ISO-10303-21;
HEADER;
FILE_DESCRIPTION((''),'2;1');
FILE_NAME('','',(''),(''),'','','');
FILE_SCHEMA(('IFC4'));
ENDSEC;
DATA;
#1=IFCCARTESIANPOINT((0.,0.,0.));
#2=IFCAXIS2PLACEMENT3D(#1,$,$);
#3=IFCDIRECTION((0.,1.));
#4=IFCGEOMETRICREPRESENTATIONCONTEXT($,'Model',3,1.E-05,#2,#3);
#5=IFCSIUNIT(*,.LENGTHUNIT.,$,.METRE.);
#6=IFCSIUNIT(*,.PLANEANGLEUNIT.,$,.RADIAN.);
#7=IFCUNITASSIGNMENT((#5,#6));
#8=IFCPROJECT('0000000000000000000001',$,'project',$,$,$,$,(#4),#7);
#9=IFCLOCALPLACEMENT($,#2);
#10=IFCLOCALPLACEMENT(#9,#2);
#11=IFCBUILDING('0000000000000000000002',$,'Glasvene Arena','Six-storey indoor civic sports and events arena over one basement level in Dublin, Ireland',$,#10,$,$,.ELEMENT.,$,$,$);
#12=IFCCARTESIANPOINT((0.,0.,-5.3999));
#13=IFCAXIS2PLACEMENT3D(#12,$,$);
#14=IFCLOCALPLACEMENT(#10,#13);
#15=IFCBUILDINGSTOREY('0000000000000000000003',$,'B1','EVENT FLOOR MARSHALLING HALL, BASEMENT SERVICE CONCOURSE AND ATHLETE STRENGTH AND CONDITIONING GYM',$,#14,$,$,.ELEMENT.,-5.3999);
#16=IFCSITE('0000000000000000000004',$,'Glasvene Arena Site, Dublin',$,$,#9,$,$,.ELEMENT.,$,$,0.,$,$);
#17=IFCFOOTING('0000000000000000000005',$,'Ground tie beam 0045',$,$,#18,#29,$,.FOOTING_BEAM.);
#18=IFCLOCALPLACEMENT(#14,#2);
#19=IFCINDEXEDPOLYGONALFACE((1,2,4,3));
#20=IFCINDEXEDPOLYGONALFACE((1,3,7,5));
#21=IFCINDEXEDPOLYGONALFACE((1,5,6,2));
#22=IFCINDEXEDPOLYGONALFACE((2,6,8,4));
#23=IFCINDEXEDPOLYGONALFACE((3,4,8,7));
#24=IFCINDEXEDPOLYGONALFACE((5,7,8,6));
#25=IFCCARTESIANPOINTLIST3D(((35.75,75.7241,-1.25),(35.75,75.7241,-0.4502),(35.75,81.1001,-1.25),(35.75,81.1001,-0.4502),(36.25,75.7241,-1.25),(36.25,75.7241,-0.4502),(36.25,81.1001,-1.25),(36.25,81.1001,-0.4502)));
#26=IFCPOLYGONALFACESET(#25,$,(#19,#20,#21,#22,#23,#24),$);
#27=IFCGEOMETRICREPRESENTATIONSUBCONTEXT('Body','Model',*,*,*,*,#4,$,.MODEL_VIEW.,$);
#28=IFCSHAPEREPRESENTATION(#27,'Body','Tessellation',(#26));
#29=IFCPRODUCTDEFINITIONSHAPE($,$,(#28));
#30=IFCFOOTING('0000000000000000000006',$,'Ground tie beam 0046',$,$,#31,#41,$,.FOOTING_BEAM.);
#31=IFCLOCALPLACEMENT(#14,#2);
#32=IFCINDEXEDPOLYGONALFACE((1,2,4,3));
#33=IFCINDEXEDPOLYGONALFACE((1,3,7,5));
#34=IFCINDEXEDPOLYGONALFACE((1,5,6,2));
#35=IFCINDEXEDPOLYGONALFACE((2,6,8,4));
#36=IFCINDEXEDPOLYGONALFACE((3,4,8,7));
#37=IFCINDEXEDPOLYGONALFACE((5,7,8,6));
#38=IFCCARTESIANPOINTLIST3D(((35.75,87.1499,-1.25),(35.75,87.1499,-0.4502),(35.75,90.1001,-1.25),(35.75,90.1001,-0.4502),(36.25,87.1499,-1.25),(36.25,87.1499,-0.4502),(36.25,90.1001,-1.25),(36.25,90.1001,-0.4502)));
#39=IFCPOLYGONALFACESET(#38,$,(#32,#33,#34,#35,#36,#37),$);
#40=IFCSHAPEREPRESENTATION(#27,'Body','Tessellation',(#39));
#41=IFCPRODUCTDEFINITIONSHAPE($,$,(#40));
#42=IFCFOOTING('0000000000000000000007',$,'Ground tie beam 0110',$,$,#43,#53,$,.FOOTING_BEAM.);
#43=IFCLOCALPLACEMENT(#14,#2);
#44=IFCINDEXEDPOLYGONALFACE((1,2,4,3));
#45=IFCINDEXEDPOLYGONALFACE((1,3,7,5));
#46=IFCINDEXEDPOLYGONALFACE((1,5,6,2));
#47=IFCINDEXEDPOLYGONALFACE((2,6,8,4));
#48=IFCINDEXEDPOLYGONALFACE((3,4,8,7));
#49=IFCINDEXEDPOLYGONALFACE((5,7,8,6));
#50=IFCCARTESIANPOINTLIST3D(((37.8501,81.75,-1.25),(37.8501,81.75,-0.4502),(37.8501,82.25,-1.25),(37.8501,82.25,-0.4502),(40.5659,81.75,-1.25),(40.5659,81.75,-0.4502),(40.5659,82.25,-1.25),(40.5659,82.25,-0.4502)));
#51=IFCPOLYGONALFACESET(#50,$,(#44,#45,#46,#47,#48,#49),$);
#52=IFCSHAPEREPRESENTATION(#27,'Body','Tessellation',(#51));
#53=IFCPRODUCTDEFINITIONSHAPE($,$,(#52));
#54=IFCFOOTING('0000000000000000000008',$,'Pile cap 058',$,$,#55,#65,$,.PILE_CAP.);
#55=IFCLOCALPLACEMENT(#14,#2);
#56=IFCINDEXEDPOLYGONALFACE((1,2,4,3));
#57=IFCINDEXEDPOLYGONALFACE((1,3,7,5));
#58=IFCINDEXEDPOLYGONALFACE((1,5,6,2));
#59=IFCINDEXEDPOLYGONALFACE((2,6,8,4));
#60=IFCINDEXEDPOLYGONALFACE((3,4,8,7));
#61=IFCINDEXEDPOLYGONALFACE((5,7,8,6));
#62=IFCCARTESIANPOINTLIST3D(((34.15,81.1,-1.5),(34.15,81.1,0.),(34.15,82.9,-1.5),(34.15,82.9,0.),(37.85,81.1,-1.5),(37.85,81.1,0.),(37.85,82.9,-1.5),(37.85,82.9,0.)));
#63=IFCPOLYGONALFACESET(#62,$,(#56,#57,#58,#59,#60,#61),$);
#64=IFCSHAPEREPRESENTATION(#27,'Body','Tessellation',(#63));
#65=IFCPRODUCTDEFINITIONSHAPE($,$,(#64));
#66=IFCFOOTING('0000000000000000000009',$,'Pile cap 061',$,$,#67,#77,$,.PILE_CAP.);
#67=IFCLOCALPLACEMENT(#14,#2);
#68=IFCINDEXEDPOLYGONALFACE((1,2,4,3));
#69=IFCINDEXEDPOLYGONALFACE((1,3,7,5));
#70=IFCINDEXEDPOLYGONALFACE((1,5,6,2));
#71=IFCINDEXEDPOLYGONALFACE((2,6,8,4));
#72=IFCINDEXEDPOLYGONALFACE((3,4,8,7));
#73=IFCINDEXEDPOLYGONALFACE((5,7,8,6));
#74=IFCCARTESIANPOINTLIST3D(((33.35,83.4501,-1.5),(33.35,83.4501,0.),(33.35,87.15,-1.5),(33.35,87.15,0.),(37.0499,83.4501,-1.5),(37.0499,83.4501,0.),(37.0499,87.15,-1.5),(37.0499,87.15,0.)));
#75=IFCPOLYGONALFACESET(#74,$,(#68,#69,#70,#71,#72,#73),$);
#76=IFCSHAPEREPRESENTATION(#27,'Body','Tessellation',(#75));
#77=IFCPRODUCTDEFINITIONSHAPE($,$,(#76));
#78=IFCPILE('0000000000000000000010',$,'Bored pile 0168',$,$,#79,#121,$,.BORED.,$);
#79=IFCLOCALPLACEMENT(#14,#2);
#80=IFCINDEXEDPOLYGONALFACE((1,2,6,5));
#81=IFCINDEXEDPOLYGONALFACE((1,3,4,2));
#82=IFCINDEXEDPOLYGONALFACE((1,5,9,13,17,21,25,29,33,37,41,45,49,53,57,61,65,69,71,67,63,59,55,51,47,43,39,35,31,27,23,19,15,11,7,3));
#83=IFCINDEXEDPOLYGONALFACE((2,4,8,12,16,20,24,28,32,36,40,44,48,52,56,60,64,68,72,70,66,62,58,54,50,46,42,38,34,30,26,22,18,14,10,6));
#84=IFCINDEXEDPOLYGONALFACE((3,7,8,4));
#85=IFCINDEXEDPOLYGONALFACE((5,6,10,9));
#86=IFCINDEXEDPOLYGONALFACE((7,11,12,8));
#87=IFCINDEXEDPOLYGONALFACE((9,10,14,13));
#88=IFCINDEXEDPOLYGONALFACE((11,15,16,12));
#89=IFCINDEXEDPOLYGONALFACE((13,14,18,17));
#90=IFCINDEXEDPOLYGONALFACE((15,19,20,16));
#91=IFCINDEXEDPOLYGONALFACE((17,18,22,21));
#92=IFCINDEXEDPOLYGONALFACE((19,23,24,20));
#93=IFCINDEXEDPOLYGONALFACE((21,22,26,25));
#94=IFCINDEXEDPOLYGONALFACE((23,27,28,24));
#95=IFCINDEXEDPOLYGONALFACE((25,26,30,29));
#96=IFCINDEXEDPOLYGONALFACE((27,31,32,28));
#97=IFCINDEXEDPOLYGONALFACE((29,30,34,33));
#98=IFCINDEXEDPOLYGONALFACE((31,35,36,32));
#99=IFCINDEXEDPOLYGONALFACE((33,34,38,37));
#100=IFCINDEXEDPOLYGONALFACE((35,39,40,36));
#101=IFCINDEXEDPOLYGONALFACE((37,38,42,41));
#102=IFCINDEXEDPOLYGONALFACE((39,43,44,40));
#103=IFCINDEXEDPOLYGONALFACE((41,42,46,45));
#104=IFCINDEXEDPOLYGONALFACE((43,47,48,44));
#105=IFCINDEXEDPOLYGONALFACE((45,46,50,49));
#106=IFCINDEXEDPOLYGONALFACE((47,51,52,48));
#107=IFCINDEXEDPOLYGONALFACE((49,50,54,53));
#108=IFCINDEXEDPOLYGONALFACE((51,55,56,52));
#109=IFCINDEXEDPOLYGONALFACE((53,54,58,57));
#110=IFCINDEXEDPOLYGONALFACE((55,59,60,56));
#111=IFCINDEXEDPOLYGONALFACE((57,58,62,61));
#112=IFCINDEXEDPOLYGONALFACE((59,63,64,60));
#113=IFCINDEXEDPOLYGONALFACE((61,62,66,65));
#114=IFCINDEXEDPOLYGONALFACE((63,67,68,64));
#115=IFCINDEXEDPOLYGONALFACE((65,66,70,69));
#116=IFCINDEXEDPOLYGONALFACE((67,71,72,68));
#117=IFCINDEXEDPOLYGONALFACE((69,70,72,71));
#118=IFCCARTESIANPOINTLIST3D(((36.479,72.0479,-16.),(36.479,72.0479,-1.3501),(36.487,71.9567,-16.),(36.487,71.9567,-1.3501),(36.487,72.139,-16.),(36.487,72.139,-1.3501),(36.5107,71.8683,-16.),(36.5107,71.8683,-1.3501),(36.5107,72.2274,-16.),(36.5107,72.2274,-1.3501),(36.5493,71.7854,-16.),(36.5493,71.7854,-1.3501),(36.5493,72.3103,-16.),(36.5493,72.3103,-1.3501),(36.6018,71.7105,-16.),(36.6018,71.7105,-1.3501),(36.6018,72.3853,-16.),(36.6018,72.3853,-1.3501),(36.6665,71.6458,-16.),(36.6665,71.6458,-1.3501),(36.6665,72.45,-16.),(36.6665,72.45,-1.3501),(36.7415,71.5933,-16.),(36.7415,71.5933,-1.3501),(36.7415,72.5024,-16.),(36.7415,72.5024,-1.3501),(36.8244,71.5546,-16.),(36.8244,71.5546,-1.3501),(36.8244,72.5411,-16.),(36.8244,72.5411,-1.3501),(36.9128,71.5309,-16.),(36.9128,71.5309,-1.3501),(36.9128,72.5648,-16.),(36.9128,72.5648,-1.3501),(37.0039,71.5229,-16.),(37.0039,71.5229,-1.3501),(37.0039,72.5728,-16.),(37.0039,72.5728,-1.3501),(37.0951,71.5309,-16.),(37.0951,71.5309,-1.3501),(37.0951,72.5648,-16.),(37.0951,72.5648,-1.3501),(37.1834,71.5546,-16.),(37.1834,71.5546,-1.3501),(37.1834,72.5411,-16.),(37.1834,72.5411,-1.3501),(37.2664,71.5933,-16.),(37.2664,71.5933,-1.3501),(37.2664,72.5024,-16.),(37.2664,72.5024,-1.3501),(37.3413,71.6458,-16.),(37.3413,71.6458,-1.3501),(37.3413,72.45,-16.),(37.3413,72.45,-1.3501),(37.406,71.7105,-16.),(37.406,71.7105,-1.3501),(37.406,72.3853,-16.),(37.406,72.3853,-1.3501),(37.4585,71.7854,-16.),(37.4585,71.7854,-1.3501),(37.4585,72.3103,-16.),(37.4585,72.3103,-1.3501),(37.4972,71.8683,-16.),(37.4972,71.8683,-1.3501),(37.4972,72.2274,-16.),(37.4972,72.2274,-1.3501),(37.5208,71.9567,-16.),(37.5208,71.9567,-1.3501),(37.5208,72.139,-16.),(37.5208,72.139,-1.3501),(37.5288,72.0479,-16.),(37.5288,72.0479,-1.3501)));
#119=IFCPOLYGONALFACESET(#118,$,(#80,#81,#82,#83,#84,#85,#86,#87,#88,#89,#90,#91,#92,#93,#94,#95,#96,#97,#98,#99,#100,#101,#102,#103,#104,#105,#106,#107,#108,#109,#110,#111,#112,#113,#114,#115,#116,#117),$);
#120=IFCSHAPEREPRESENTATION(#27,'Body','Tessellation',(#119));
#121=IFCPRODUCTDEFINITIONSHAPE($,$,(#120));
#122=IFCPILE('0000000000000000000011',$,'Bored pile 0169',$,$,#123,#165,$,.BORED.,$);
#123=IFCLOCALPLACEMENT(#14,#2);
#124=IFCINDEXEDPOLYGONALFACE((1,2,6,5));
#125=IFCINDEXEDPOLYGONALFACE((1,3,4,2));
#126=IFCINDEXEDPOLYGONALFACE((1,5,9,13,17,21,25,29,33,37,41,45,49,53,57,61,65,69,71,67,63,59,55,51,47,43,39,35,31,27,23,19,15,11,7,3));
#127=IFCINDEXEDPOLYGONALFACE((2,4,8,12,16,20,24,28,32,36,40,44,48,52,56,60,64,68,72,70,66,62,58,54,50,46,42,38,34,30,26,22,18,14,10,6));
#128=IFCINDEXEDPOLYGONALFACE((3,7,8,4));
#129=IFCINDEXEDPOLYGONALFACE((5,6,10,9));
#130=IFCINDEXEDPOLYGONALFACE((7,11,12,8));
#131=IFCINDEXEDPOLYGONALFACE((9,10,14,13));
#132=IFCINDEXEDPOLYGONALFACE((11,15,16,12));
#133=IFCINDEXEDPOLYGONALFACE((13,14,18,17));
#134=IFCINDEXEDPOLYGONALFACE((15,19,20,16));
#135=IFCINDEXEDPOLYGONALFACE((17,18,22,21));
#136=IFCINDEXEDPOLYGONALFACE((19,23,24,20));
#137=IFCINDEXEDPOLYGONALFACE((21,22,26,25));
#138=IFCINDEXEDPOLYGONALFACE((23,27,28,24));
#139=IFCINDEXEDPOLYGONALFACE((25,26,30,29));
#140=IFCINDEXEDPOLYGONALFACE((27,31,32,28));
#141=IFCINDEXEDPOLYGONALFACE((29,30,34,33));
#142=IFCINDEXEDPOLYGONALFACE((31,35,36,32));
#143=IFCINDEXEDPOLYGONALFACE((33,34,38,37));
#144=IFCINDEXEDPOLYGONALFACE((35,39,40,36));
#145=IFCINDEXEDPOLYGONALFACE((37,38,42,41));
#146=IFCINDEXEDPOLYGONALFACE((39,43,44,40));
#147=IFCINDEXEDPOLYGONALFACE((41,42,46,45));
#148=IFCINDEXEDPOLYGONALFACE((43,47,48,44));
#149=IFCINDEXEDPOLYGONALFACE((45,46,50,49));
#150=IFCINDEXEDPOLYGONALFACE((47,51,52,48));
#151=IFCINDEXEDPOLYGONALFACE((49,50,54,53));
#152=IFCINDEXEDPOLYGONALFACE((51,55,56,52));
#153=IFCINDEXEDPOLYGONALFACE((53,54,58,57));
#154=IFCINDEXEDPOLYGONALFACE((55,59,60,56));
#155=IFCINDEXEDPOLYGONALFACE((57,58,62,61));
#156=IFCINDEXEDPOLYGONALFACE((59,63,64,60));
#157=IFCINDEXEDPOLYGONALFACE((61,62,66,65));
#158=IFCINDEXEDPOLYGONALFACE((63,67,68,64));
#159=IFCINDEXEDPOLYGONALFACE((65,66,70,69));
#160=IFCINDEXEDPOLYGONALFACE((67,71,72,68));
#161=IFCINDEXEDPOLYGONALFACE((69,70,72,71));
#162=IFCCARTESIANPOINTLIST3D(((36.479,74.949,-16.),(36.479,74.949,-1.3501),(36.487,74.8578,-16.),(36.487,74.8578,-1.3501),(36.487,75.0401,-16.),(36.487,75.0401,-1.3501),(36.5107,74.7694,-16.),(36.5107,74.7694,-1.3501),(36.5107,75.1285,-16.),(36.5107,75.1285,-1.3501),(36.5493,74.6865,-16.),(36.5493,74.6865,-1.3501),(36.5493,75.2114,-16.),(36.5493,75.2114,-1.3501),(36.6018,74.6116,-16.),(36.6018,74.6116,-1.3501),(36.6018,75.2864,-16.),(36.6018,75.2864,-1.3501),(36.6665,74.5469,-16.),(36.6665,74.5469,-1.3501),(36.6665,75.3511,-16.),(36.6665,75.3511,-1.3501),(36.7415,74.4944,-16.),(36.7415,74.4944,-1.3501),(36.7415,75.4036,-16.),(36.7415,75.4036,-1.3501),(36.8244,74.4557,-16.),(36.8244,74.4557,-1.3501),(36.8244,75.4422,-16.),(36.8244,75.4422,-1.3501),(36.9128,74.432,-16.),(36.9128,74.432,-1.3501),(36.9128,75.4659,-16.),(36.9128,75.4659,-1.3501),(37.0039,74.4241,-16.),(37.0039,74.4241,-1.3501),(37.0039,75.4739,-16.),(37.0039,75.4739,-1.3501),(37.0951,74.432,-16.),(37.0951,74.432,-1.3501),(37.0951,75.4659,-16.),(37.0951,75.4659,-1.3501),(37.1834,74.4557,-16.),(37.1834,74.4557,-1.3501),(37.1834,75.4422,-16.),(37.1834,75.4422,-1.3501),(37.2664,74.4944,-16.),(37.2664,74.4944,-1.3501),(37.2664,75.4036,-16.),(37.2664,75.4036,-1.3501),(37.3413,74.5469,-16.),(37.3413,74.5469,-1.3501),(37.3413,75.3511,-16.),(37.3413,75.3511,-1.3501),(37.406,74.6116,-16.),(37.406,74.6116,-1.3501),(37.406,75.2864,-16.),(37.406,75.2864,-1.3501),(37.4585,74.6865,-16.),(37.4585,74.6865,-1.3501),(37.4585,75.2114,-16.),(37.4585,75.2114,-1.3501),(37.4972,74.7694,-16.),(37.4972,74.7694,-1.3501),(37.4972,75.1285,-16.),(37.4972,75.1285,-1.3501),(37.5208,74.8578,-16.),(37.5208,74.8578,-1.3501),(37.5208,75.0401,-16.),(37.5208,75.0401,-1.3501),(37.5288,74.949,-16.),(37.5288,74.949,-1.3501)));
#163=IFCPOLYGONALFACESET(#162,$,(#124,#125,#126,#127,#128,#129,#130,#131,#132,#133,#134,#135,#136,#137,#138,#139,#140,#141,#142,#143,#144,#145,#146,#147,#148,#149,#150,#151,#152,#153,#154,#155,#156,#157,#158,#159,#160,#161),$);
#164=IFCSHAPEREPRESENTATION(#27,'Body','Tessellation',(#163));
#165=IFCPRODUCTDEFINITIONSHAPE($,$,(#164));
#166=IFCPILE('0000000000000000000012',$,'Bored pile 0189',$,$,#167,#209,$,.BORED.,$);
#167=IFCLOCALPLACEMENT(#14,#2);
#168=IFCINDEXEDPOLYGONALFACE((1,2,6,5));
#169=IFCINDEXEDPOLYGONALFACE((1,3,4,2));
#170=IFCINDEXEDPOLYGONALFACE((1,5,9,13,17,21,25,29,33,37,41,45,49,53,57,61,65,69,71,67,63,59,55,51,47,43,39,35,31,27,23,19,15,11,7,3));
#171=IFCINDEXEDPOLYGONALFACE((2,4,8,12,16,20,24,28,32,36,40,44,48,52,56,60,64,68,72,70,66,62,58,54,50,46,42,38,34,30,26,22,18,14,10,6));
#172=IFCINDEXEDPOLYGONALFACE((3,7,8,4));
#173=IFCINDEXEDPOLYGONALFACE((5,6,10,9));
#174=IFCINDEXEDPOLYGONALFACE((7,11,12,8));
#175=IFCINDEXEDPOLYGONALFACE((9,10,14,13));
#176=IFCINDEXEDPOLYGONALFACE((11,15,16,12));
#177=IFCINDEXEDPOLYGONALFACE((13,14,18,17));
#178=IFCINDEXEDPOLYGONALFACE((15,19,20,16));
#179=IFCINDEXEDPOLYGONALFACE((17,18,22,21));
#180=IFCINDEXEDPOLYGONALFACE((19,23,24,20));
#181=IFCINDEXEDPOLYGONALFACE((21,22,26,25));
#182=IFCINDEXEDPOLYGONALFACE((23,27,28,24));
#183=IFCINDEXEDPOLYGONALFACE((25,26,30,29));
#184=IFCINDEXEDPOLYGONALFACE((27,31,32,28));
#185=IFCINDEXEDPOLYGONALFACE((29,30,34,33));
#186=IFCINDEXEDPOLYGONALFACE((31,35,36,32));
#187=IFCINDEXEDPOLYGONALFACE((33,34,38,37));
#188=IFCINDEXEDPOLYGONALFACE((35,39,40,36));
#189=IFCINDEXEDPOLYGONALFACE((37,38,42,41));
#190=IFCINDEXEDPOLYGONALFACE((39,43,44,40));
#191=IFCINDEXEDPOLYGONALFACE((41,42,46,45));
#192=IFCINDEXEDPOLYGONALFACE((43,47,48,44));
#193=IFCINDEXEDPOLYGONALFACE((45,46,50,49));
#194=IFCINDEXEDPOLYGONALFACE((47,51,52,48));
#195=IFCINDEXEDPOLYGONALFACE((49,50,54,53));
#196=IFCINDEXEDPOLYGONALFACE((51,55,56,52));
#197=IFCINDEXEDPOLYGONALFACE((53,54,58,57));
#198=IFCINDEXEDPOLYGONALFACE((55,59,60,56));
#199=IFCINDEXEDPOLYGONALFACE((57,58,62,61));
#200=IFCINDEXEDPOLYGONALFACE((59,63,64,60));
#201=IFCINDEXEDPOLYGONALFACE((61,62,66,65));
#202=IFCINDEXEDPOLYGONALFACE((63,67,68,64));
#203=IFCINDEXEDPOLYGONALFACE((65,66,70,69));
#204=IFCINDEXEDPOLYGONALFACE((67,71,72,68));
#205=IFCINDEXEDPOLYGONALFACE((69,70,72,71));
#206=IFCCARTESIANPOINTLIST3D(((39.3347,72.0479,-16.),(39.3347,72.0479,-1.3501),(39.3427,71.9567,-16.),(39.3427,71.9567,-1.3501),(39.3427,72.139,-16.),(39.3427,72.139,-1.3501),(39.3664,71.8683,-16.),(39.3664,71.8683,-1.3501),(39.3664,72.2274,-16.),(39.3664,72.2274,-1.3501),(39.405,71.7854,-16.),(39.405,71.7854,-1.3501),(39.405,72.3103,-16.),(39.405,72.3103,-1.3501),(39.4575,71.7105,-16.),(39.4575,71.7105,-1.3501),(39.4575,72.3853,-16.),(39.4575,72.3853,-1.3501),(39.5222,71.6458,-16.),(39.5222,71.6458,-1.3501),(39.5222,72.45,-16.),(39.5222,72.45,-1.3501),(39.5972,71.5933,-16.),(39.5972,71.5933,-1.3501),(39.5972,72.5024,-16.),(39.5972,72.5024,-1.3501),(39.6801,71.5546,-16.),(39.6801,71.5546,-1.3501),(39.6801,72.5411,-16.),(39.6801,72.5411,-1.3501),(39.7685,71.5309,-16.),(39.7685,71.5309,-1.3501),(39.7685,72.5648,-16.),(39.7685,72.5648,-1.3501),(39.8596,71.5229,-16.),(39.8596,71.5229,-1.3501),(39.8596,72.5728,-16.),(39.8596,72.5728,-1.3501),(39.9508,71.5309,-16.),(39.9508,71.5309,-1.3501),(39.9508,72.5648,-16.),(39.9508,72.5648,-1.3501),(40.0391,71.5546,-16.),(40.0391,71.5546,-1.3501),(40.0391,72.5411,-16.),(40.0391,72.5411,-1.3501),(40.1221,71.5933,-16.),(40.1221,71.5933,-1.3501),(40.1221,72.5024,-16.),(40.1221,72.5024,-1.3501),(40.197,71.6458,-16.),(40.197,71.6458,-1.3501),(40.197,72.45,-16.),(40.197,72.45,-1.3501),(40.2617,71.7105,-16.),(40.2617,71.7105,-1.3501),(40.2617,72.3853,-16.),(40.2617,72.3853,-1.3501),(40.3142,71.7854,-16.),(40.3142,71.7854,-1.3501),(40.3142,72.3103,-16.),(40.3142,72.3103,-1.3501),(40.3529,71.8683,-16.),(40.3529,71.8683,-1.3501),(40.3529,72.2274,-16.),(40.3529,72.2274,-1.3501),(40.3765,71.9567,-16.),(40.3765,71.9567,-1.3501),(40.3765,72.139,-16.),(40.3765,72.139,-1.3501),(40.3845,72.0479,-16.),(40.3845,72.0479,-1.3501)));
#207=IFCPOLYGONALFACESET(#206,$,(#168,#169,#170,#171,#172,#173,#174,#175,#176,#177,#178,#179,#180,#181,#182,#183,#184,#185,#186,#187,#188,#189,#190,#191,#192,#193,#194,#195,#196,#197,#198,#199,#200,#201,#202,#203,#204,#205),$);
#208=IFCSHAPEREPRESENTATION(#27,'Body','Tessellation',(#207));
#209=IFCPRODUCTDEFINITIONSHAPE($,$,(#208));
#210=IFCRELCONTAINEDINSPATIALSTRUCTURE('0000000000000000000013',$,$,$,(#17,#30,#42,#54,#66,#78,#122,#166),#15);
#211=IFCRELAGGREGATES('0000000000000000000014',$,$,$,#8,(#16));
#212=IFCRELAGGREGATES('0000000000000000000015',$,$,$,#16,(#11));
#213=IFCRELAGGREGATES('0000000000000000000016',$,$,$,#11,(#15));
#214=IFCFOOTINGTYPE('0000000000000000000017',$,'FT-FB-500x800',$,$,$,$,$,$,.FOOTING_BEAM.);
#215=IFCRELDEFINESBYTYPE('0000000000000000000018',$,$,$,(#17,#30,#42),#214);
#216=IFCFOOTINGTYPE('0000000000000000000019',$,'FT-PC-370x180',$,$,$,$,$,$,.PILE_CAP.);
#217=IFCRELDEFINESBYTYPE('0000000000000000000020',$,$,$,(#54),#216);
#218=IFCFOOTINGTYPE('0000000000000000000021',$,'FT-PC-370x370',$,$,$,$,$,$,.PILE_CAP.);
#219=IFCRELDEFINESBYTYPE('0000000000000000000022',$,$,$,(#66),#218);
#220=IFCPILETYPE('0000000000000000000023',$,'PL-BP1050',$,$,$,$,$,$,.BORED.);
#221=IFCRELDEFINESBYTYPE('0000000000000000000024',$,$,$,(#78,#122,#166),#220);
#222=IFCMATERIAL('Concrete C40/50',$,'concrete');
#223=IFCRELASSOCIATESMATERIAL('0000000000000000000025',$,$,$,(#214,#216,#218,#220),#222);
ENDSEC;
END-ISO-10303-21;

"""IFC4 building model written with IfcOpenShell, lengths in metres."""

from ifc_helpers import new_model, si_unit, direction, frame, origin, origin_2d, place, context, subcontext, project, spatial, polyline, rectangle, circle, outline, extrude, material, material_profile, profile_set, type_object, element, save


model = new_model("IFC4")

# Units and contexts
model_context = context("Model", 3, precision=1e-05, world=origin(), true_north=direction((0.0, 1.0)))
body_context = subcontext(model_context, "Body", "Model", "MODEL_VIEW")
ifc_project = project(units=[si_unit("LENGTHUNIT", "METRE"), si_unit("PLANEANGLEUNIT", "RADIAN")], contexts=[model_context])

# Site, building, storey
site_placement = place(None, origin())
site = spatial("IfcSite", under=ifc_project, at=site_placement, Name="Glasvene Arena Site, Dublin", CompositionType="ELEMENT", RefElevation=0.0)
building_placement = place(site_placement, origin())
building = spatial("IfcBuilding", under=site, at=building_placement, Name="Glasvene Arena", Description="Six-storey indoor civic sports and events arena over one basement level in Dublin, Ireland", CompositionType="ELEMENT")
storey_placement = place(building_placement, frame((0.0, 0.0, -5.3999)))
storey = spatial("IfcBuildingStorey", under=building, at=storey_placement, Name="B1", Description="EVENT FLOOR MARSHALLING HALL, BASEMENT SERVICE CONCOURSE AND ATHLETE STRENGTH AND CONDITIONING GYM", CompositionType="ELEMENT", Elevation=-5.3999)

# Footings
ifc_material_1 = material(Name="Concrete C40/50", Category="concrete")
footing_type_1 = type_object("IfcFootingType", Name="FT-FB-500x800", PredefinedType="FOOTING_BEAM", material=ifc_material_1)
footing_1_placement = place(storey_placement, frame((36.0, 78.4121, -1.25)))
element("IfcFooting", 1, at=footing_1_placement, inside=storey, type_object=footing_type_1, Name="Ground tie beam 0045", PredefinedType="FOOTING_BEAM", context=body_context, shape_type="SweptSolid", body=[
    extrude(outline(polyline([(-0.25, -2.688), (0.25, -2.688), (0.25, 2.688), (-0.25, 2.688), (-0.25, -2.688)])), origin(), (0.0, 0.0, 1.0), 0.7998),
])
footing_2_placement = place(storey_placement, frame((36.0, 88.625, -1.25)))
element("IfcFooting", 2, at=footing_2_placement, inside=storey, type_object=footing_type_1, Name="Ground tie beam 0046", PredefinedType="FOOTING_BEAM", context=body_context, shape_type="SweptSolid", body=[
    extrude(outline(polyline([(-0.25, -1.4751), (0.25, -1.4751), (0.25, 1.4751), (-0.25, 1.4751), (-0.25, -1.4751)])), origin(), (0.0, 0.0, 1.0), 0.7998),
])
footing_3_placement = place(storey_placement, frame((39.208, 82.0, -1.25)))
element("IfcFooting", 3, at=footing_3_placement, inside=storey, type_object=footing_type_1, Name="Ground tie beam 0110", PredefinedType="FOOTING_BEAM", context=body_context, shape_type="SweptSolid", body=[
    extrude(outline(polyline([(-1.3579, -0.25), (1.3579, -0.25), (1.3579, 0.25), (-1.3579, 0.25), (-1.3579, -0.25)])), origin(), (0.0, 0.0, 1.0), 0.7998),
])
footing_type_2 = type_object("IfcFootingType", Name="FT-PC-370x180", PredefinedType="PILE_CAP", material=ifc_material_1)
footing_4_placement = place(storey_placement, frame((36.0, 82.0, -1.5), z_axis=(0.0, 0.0, 1.0), x_axis=(1.0, 0.0, 0.0)))
element("IfcFooting", 4, at=footing_4_placement, inside=storey, type_object=footing_type_2, Name="Pile cap 058", PredefinedType="PILE_CAP", context=body_context, shape_type="SweptSolid", body=[
    extrude(rectangle(XDim=3.7, YDim=1.8, at=origin_2d()), origin(), (0.0, 0.0, 1.0), 1.5),
])
footing_type_3 = type_object("IfcFootingType", Name="FT-PC-370x370", PredefinedType="PILE_CAP", material=ifc_material_1)
footing_5_placement = place(storey_placement, frame((35.2, 85.3, -1.5), z_axis=(0.0, 0.0, 1.0), x_axis=(1.0, 0.0, 0.0)))
element("IfcFooting", 5, at=footing_5_placement, inside=storey, type_object=footing_type_3, Name="Pile cap 061", PredefinedType="PILE_CAP", context=body_context, shape_type="SweptSolid", body=[
    extrude(rectangle(XDim=3.7, YDim=3.7, at=origin_2d()), origin(), (0.0, 0.0, 1.0), 1.5),
])

# Piles
ifc_material_profile_1 = material_profile(ifc_material_1, circle(Radius=0.5249, at=origin_2d()), Name="BORED PILE 1050")
ifc_profile_set_1 = profile_set([ifc_material_profile_1], Name="Concrete C40/50")
pile_type_1 = type_object("IfcPileType", Name="PL-BP1050", PredefinedType="BORED", material=ifc_profile_set_1)
for number, where, z_axis, x_axis, name in (
    (6, (37.0039, 72.0479, -1.3501), (0.0, 0.0, -1.0), (1.0, 0.0, 0.0), "Bored pile 0168"),
    (7, (37.0039, 74.949, -1.3501), (0.0, 0.0, -1.0), (1.0, 0.0, 0.0), "Bored pile 0169"),
    (8, (39.8596, 72.0479, -1.3501), (0.0, 0.0, -1.0), (1.0, 0.0, 0.0), "Bored pile 0189"),
):
    element("IfcPile", number, at=place(storey_placement, frame(where, z_axis=z_axis, x_axis=x_axis)), inside=storey, type_object=pile_type_1, Name=name, PredefinedType="BORED", context=body_context, shape_type="SweptSolid", body=[
        extrude(circle(Radius=0.5249, at=origin_2d()), origin(), (0.0, 0.0, 1.0), 14.6499),
    ])

save(model, "model.ifc")
